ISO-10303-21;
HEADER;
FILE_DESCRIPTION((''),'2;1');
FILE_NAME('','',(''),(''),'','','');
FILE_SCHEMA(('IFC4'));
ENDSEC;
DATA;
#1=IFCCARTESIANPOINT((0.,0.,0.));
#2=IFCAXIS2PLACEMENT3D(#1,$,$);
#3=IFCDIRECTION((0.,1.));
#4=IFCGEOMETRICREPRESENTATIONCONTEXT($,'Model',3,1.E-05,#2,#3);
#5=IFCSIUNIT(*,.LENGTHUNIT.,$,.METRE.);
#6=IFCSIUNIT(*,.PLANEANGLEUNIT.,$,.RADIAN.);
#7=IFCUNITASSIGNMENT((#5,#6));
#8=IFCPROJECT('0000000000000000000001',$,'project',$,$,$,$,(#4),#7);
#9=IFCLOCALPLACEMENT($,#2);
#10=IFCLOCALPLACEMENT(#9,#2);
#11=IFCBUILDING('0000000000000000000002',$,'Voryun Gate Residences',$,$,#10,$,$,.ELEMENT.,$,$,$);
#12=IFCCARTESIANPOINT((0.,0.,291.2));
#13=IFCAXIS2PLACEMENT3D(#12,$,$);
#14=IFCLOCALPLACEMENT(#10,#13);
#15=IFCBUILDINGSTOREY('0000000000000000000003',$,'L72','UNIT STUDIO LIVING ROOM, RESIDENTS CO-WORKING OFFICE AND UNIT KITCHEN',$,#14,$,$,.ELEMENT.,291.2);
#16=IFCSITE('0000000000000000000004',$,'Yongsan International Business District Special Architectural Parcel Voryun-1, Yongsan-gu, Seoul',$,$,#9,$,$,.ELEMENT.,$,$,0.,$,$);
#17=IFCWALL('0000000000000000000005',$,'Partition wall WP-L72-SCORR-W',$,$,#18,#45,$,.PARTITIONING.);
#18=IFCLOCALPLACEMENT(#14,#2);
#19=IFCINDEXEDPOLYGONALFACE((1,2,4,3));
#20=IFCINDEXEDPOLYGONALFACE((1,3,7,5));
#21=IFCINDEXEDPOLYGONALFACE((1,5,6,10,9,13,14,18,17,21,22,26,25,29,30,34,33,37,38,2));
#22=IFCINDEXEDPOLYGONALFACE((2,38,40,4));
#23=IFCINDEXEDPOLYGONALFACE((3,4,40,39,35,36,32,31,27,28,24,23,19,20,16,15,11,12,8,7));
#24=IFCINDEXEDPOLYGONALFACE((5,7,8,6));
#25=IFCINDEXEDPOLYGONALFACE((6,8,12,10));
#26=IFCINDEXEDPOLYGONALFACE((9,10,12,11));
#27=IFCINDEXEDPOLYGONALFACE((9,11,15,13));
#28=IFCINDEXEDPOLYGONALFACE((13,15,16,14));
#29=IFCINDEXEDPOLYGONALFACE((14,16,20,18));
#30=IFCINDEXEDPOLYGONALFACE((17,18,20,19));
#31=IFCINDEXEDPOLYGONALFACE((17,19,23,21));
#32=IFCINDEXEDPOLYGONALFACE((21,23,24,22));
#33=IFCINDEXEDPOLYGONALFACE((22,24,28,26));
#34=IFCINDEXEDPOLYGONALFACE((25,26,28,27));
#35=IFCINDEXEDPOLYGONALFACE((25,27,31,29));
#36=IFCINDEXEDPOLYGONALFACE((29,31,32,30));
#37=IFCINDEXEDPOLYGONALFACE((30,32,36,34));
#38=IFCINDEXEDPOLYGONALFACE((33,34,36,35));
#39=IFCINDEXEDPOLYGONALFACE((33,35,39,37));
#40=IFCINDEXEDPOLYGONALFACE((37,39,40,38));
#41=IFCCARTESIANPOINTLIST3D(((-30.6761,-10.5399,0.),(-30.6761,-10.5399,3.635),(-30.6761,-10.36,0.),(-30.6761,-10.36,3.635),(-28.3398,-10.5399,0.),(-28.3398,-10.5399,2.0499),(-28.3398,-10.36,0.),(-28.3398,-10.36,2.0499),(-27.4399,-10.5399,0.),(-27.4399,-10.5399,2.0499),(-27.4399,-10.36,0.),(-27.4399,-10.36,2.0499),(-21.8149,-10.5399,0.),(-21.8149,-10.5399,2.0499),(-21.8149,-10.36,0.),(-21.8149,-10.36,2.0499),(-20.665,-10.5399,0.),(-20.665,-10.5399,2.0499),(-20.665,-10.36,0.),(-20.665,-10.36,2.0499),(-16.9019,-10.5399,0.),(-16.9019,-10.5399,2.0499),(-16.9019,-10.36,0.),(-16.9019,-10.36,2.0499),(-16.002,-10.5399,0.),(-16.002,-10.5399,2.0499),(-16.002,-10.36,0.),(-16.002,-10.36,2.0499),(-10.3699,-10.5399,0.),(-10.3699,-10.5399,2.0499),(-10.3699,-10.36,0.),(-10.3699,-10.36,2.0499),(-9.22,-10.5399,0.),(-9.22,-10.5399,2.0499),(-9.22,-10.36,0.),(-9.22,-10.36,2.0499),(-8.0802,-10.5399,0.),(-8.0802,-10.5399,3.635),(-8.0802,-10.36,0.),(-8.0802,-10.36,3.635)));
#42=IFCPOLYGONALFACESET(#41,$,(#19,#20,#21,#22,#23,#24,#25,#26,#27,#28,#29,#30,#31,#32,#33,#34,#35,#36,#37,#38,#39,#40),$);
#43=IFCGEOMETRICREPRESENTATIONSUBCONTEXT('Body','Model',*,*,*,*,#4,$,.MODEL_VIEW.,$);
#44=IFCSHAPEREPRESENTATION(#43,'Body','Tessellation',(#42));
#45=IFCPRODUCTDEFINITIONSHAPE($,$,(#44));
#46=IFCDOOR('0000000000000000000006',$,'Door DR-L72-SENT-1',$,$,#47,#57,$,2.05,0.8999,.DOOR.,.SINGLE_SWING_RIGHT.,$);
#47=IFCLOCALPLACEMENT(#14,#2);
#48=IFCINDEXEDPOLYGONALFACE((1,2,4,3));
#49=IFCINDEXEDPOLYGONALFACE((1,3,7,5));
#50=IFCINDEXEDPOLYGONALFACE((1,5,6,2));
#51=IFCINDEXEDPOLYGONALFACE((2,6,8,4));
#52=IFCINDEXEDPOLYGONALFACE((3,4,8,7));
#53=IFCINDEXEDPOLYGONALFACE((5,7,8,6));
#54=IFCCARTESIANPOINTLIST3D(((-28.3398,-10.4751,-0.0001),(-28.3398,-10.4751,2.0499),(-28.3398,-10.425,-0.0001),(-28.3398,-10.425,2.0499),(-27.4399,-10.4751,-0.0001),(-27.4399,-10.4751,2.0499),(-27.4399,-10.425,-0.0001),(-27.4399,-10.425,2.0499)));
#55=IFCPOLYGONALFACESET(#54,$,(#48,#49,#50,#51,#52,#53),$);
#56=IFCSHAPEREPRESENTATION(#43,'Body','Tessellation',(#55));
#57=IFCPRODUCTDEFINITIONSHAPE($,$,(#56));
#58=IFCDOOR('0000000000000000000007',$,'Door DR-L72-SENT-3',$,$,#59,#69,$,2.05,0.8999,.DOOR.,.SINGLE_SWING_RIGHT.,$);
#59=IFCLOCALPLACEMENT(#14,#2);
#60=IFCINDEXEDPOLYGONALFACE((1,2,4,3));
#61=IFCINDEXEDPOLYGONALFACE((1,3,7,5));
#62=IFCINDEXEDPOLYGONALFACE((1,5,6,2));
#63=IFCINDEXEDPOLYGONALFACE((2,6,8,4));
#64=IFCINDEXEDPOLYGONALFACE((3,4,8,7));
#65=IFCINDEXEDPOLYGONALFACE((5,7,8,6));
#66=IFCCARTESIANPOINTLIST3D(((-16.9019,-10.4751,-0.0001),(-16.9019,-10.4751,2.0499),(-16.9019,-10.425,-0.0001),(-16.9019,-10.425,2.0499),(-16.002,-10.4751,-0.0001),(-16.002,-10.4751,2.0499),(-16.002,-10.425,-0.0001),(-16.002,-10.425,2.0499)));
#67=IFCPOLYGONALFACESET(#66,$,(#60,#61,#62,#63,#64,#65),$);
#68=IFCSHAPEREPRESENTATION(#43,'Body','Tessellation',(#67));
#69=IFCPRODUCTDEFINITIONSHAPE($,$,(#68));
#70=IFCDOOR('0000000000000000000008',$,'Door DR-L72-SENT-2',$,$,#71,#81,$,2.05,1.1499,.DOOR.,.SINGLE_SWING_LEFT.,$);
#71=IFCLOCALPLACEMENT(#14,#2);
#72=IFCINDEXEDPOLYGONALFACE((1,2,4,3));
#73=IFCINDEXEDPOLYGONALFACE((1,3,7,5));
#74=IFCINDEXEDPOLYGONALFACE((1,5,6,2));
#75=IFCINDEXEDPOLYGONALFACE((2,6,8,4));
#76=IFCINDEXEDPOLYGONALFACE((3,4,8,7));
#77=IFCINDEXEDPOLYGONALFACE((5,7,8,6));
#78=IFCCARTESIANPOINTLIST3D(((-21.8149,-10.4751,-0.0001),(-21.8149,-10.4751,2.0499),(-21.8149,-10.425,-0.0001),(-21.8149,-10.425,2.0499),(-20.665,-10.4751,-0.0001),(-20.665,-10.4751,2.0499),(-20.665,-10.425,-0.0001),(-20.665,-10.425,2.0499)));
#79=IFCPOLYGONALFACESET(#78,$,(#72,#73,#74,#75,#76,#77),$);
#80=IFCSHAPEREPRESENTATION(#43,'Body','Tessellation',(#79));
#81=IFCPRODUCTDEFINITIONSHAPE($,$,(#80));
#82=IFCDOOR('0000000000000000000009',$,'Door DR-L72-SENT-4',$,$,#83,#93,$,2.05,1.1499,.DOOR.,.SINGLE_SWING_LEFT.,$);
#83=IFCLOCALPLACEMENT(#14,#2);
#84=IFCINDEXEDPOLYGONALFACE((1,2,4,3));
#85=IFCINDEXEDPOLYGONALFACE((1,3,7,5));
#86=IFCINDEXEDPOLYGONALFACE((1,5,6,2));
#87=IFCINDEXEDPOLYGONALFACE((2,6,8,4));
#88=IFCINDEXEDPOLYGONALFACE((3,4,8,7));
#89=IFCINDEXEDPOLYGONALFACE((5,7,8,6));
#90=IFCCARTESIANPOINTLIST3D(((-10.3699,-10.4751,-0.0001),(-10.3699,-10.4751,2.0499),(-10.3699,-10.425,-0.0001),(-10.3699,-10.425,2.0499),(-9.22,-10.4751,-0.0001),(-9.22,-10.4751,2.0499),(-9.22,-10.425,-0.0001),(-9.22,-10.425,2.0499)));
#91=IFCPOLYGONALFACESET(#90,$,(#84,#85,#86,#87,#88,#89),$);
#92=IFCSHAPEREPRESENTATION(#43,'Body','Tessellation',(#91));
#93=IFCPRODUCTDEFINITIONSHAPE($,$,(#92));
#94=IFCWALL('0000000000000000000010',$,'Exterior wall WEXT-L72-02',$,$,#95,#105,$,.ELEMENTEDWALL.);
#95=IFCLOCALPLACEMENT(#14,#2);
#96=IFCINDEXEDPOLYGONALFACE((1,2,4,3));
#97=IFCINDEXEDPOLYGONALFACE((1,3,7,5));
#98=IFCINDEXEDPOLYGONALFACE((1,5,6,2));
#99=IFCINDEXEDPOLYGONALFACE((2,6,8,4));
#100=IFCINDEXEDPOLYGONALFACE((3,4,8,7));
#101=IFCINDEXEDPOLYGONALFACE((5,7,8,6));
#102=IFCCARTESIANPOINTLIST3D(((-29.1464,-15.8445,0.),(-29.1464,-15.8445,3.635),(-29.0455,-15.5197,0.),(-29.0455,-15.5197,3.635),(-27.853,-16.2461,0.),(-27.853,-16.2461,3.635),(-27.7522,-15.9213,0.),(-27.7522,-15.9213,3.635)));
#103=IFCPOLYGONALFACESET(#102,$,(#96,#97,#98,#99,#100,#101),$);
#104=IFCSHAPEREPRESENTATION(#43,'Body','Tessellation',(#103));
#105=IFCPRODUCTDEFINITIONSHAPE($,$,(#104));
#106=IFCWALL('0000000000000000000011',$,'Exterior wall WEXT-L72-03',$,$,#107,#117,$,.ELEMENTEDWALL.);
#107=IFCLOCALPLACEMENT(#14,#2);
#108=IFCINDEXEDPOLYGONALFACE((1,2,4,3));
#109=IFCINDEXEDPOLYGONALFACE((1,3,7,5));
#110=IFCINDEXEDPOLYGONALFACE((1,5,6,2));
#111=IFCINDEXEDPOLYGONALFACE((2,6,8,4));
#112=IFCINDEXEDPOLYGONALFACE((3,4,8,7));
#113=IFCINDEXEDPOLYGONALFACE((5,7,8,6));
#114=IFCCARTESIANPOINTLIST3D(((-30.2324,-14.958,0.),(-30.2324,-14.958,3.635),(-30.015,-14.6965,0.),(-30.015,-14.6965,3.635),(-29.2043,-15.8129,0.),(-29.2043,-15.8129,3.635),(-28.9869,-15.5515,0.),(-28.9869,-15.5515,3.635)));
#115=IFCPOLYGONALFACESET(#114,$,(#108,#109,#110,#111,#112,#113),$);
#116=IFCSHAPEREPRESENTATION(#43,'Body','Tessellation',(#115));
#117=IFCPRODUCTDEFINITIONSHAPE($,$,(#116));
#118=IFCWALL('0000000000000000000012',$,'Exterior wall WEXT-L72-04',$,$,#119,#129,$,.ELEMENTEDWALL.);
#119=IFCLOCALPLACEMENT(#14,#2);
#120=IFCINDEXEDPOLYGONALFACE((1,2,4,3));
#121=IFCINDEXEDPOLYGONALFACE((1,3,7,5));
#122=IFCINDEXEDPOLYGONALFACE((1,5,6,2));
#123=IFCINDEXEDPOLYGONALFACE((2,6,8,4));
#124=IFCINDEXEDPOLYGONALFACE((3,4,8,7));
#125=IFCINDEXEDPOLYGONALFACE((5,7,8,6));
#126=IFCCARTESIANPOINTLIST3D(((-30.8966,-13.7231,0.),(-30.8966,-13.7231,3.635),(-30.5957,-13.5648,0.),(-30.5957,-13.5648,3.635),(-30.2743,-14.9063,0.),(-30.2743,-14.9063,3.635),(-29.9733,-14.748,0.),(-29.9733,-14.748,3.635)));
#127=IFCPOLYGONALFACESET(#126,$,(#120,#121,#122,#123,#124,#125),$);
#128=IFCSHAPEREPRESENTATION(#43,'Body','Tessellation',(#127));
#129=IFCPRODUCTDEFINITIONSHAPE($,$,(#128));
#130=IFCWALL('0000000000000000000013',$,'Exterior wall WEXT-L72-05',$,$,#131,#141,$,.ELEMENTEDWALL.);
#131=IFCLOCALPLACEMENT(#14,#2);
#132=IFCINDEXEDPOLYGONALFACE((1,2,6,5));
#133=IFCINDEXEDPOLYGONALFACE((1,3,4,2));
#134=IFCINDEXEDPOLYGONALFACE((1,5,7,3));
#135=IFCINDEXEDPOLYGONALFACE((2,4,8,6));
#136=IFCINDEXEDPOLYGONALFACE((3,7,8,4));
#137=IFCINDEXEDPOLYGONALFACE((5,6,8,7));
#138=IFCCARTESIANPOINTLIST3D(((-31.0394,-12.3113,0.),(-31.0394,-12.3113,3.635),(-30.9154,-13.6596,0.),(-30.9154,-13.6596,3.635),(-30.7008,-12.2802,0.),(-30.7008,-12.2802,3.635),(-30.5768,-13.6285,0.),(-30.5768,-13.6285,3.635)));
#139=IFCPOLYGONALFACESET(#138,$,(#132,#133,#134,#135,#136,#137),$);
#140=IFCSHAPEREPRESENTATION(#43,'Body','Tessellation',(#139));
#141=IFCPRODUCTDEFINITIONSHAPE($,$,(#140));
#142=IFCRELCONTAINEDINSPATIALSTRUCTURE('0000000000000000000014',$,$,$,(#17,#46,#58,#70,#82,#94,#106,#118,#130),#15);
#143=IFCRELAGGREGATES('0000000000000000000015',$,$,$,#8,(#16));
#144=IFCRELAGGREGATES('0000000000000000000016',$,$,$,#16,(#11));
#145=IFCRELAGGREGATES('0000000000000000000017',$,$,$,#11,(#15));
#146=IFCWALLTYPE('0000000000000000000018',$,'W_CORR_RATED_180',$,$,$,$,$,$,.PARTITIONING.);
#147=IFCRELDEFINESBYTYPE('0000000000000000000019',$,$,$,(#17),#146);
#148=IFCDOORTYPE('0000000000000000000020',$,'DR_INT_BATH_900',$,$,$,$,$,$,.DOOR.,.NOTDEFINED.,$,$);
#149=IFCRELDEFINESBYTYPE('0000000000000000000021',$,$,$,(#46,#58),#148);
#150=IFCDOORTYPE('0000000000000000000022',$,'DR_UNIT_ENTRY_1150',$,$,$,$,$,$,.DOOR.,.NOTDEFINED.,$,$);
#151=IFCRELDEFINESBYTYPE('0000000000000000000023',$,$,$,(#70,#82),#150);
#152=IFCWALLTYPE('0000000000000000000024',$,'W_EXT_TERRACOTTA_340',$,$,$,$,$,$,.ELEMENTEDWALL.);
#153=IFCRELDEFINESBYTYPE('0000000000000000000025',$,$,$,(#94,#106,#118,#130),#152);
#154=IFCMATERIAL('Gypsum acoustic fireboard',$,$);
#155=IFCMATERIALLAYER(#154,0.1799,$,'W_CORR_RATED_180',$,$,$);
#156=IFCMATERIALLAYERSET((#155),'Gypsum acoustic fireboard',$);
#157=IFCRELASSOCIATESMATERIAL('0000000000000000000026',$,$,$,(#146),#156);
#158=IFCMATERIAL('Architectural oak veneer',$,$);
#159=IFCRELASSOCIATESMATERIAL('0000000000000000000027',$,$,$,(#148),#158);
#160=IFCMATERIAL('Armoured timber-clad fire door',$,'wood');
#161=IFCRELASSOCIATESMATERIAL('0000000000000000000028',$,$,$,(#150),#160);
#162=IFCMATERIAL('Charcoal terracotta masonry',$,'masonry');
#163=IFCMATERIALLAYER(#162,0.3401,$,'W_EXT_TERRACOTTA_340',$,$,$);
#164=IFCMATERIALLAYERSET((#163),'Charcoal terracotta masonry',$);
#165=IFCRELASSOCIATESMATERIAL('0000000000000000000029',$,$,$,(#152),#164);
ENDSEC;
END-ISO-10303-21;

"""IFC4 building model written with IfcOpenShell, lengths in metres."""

from ifc_helpers import new_model, si_unit, direction, frame, frame_2d, origin, place, context, subcontext, project, spatial, rectangle, extrude, material, layer, layer_set, type_object, element, fill, save


model = new_model("IFC4")

# Units and contexts
model_context = context("Model", 3, precision=1e-05, world=origin(), true_north=direction((0.0, 1.0)))
body_context = subcontext(model_context, "Body", "Model", "MODEL_VIEW")
ifc_project = project(units=[si_unit("LENGTHUNIT", "METRE"), si_unit("PLANEANGLEUNIT", "RADIAN")], contexts=[model_context])

# Site, building, storey
site_placement = place(None, origin())
site = spatial("IfcSite", under=ifc_project, at=site_placement, Name="Yongsan International Business District Special Architectural Parcel Voryun-1, Yongsan-gu, Seoul", CompositionType="ELEMENT", RefElevation=0.0)
building_placement = place(site_placement, origin())
building = spatial("IfcBuilding", under=site, at=building_placement, Name="Voryun Gate Residences", CompositionType="ELEMENT")
storey_placement = place(building_placement, frame((0.0, 0.0, 291.2)))
storey = spatial("IfcBuildingStorey", under=building, at=storey_placement, Name="L72", Description="UNIT STUDIO LIVING ROOM, RESIDENTS CO-WORKING OFFICE AND UNIT KITCHEN", CompositionType="ELEMENT", Elevation=291.2)

# Shared definitions
ifc_material_1 = material(Name="Gypsum acoustic fireboard")
ifc_layer_1 = layer(ifc_material_1, 0.1799, Name="W_CORR_RATED_180")
ifc_layer_set_1 = layer_set([ifc_layer_1], Name="Gypsum acoustic fireboard")
wall_type_1 = type_object("IfcWallType", Name="W_CORR_RATED_180", PredefinedType="PARTITIONING", material=ifc_layer_set_1)

# Wall, openings, doors
wall_1_placement = place(storey_placement, frame((-30.676, -10.45, 0.0), z_axis=(0.0, 0.0, 1.0), x_axis=(1.0, 0.0, 0.0)))
wall_1 = element("IfcWall", 1, at=wall_1_placement, inside=storey, type_object=wall_type_1, Name="Partition wall WP-L72-SCORR-W", PredefinedType="PARTITIONING", context=body_context, shape_type="SweptSolid", body=[
    extrude(rectangle(XDim=22.5959, YDim=0.1799, at=frame_2d((11.2979, 0.0))), origin(), (0.0, 0.0, 1.0), 3.635),
])
opening_1_placement = place(wall_1_placement, frame((2.3362, 0.0, 0.0)))
opening_1 = element("IfcOpeningElement", 2, at=opening_1_placement, cuts=wall_1, PredefinedType="OPENING", context=body_context, shape_type="SweptSolid", body=[
    extrude(rectangle(XDim=0.8999, YDim=2.05, at=frame_2d((0.45, 1.0249))), frame((0.0, 0.0999, 0.0), z_axis=(0.0, -1.0, 0.0), x_axis=(1.0, 0.0, 0.0)), (0.0, 0.0, 1.0), 0.2),
])
opening_2_placement = place(wall_1_placement, frame((8.8611, 0.0, 0.0)))
opening_2 = element("IfcOpeningElement", 3, at=opening_2_placement, cuts=wall_1, PredefinedType="OPENING", context=body_context, shape_type="SweptSolid", body=[
    extrude(rectangle(XDim=1.1499, YDim=2.05, at=frame_2d((0.575, 1.0249))), frame((0.0, 0.0999, 0.0), z_axis=(0.0, -1.0, 0.0), x_axis=(1.0, 0.0, 0.0)), (0.0, 0.0, 1.0), 0.2),
])
opening_3_placement = place(wall_1_placement, frame((13.7742, 0.0, 0.0)))
opening_3 = element("IfcOpeningElement", 4, at=opening_3_placement, cuts=wall_1, PredefinedType="OPENING", context=body_context, shape_type="SweptSolid", body=[
    extrude(rectangle(XDim=0.8999, YDim=2.05, at=frame_2d((0.45, 1.0249))), frame((0.0, 0.0999, 0.0), z_axis=(0.0, -1.0, 0.0), x_axis=(1.0, 0.0, 0.0)), (0.0, 0.0, 1.0), 0.2),
])
opening_4_placement = place(wall_1_placement, frame((20.3062, 0.0, 0.0)))
opening_4 = element("IfcOpeningElement", 5, at=opening_4_placement, cuts=wall_1, PredefinedType="OPENING", context=body_context, shape_type="SweptSolid", body=[
    extrude(rectangle(XDim=1.1499, YDim=2.05, at=frame_2d((0.575, 1.0249))), frame((0.0, 0.0999, 0.0), z_axis=(0.0, -1.0, 0.0), x_axis=(1.0, 0.0, 0.0)), (0.0, 0.0, 1.0), 0.2),
])
ifc_material_2 = material(Name="Architectural oak veneer")
door_type_1 = type_object("IfcDoorType", Name="DR_INT_BATH_900", OperationType="NOTDEFINED", PredefinedType="DOOR", material=ifc_material_2)
door_1_placement = place(opening_1_placement, origin())
door_1 = element("IfcDoor", 6, at=door_1_placement, inside=storey, type_object=door_type_1, Name="Door DR-L72-SENT-1", OperationType="SINGLE_SWING_RIGHT", OverallHeight=2.05, OverallWidth=0.8999, PredefinedType="DOOR", context=body_context, shape_type="SweptSolid", body=[
    extrude(rectangle(XDim=0.8999, YDim=2.05, at=frame_2d((0.45, 1.0249))), frame((0.0, 0.0249, 0.0), z_axis=(0.0, -1.0, 0.0), x_axis=(1.0, 0.0, 0.0)), (0.0, 0.0, 1.0), 0.05),
])
fill(opening_1, door_1)
door_2_placement = place(opening_3_placement, origin())
door_2 = element("IfcDoor", 7, at=door_2_placement, inside=storey, type_object=door_type_1, Name="Door DR-L72-SENT-3", OperationType="SINGLE_SWING_RIGHT", OverallHeight=2.05, OverallWidth=0.8999, PredefinedType="DOOR", context=body_context, shape_type="SweptSolid", body=[
    extrude(rectangle(XDim=0.8999, YDim=2.05, at=frame_2d((0.45, 1.0249))), frame((0.0, 0.0249, 0.0), z_axis=(0.0, -1.0, 0.0), x_axis=(1.0, 0.0, 0.0)), (0.0, 0.0, 1.0), 0.05),
])
fill(opening_3, door_2)
ifc_material_3 = material(Name="Armoured timber-clad fire door", Category="wood")
door_type_2 = type_object("IfcDoorType", Name="DR_UNIT_ENTRY_1150", OperationType="NOTDEFINED", PredefinedType="DOOR", material=ifc_material_3)
door_3_placement = place(opening_2_placement, origin())
door_3 = element("IfcDoor", 8, at=door_3_placement, inside=storey, type_object=door_type_2, Name="Door DR-L72-SENT-2", OperationType="SINGLE_SWING_LEFT", OverallHeight=2.05, OverallWidth=1.1499, PredefinedType="DOOR", context=body_context, shape_type="SweptSolid", body=[
    extrude(rectangle(XDim=1.1499, YDim=2.05, at=frame_2d((0.575, 1.0249))), frame((0.0, 0.0249, 0.0), z_axis=(0.0, -1.0, 0.0), x_axis=(1.0, 0.0, 0.0)), (0.0, 0.0, 1.0), 0.05),
])
fill(opening_2, door_3)
door_4_placement = place(opening_4_placement, origin())
door_4 = element("IfcDoor", 9, at=door_4_placement, inside=storey, type_object=door_type_2, Name="Door DR-L72-SENT-4", OperationType="SINGLE_SWING_LEFT", OverallHeight=2.05, OverallWidth=1.1499, PredefinedType="DOOR", context=body_context, shape_type="SweptSolid", body=[
    extrude(rectangle(XDim=1.1499, YDim=2.05, at=frame_2d((0.575, 1.0249))), frame((0.0, 0.0249, 0.0), z_axis=(0.0, -1.0, 0.0), x_axis=(1.0, 0.0, 0.0)), (0.0, 0.0, 1.0), 0.05),
])
fill(opening_4, door_4)

# Walls
ifc_material_4 = material(Name="Charcoal terracotta masonry", Category="masonry")
ifc_layer_2 = layer(ifc_material_4, 0.3401, Name="W_EXT_TERRACOTTA_340")
ifc_layer_set_2 = layer_set([ifc_layer_2], Name="Charcoal terracotta masonry")
wall_type_2 = type_object("IfcWallType", Name="W_EXT_TERRACOTTA_340", PredefinedType="ELEMENTEDWALL", material=ifc_layer_set_2)
wall_2_placement = place(storey_placement, frame((-27.8025, -16.0837, 0.0), z_axis=(0.0, 0.0, 1.0), x_axis=(-0.955008, 0.296581, 0.0)))
element("IfcWall", 10, at=wall_2_placement, inside=storey, type_object=wall_type_2, Name="Exterior wall WEXT-L72-02", PredefinedType="ELEMENTEDWALL", context=body_context, shape_type="SweptSolid", body=[
    extrude(rectangle(XDim=1.3542, YDim=0.3401, at=frame_2d((0.6772, 0.0))), origin(), (0.0, 0.0, 1.0), 3.635),
])
wall_3_placement = place(storey_placement, frame((-29.0957, -15.6821, 0.0), z_axis=(0.0, 0.0, 1.0), x_axis=(-0.768864, 0.639412, 0.0)))
element("IfcWall", 11, at=wall_3_placement, inside=storey, type_object=wall_type_2, Name="Exterior wall WEXT-L72-03", PredefinedType="ELEMENTEDWALL", context=body_context, shape_type="SweptSolid", body=[
    extrude(rectangle(XDim=1.3372, YDim=0.3401, at=frame_2d((0.6685, 0.0))), origin(), (0.0, 0.0, 1.0), 3.635),
])
wall_4_placement = place(storey_placement, frame((-30.1238, -14.8271, 0.0), z_axis=(0.0, 0.0, 1.0), x_axis=(-0.465528, 0.885033, 0.0)))
element("IfcWall", 12, at=wall_4_placement, inside=storey, type_object=wall_type_2, Name="Exterior wall WEXT-L72-04", PredefinedType="ELEMENTEDWALL", context=body_context, shape_type="SweptSolid", body=[
    extrude(rectangle(XDim=1.3369, YDim=0.3401, at=frame_2d((0.6685, 0.0))), origin(), (0.0, 0.0, 1.0), 3.635),
])
wall_5_placement = place(storey_placement, frame((-30.7461, -13.644, 0.0), z_axis=(0.0, 0.0, 1.0), x_axis=(-0.091592, 0.995797, 0.0)))
element("IfcWall", 13, at=wall_5_placement, inside=storey, type_object=wall_type_2, Name="Exterior wall WEXT-L72-05", PredefinedType="ELEMENTEDWALL", context=body_context, shape_type="SweptSolid", body=[
    extrude(rectangle(XDim=1.354, YDim=0.3401, at=frame_2d((0.677, 0.0))), origin(), (0.0, 0.0, 1.0), 3.635),
])

save(model, "model.ifc")
